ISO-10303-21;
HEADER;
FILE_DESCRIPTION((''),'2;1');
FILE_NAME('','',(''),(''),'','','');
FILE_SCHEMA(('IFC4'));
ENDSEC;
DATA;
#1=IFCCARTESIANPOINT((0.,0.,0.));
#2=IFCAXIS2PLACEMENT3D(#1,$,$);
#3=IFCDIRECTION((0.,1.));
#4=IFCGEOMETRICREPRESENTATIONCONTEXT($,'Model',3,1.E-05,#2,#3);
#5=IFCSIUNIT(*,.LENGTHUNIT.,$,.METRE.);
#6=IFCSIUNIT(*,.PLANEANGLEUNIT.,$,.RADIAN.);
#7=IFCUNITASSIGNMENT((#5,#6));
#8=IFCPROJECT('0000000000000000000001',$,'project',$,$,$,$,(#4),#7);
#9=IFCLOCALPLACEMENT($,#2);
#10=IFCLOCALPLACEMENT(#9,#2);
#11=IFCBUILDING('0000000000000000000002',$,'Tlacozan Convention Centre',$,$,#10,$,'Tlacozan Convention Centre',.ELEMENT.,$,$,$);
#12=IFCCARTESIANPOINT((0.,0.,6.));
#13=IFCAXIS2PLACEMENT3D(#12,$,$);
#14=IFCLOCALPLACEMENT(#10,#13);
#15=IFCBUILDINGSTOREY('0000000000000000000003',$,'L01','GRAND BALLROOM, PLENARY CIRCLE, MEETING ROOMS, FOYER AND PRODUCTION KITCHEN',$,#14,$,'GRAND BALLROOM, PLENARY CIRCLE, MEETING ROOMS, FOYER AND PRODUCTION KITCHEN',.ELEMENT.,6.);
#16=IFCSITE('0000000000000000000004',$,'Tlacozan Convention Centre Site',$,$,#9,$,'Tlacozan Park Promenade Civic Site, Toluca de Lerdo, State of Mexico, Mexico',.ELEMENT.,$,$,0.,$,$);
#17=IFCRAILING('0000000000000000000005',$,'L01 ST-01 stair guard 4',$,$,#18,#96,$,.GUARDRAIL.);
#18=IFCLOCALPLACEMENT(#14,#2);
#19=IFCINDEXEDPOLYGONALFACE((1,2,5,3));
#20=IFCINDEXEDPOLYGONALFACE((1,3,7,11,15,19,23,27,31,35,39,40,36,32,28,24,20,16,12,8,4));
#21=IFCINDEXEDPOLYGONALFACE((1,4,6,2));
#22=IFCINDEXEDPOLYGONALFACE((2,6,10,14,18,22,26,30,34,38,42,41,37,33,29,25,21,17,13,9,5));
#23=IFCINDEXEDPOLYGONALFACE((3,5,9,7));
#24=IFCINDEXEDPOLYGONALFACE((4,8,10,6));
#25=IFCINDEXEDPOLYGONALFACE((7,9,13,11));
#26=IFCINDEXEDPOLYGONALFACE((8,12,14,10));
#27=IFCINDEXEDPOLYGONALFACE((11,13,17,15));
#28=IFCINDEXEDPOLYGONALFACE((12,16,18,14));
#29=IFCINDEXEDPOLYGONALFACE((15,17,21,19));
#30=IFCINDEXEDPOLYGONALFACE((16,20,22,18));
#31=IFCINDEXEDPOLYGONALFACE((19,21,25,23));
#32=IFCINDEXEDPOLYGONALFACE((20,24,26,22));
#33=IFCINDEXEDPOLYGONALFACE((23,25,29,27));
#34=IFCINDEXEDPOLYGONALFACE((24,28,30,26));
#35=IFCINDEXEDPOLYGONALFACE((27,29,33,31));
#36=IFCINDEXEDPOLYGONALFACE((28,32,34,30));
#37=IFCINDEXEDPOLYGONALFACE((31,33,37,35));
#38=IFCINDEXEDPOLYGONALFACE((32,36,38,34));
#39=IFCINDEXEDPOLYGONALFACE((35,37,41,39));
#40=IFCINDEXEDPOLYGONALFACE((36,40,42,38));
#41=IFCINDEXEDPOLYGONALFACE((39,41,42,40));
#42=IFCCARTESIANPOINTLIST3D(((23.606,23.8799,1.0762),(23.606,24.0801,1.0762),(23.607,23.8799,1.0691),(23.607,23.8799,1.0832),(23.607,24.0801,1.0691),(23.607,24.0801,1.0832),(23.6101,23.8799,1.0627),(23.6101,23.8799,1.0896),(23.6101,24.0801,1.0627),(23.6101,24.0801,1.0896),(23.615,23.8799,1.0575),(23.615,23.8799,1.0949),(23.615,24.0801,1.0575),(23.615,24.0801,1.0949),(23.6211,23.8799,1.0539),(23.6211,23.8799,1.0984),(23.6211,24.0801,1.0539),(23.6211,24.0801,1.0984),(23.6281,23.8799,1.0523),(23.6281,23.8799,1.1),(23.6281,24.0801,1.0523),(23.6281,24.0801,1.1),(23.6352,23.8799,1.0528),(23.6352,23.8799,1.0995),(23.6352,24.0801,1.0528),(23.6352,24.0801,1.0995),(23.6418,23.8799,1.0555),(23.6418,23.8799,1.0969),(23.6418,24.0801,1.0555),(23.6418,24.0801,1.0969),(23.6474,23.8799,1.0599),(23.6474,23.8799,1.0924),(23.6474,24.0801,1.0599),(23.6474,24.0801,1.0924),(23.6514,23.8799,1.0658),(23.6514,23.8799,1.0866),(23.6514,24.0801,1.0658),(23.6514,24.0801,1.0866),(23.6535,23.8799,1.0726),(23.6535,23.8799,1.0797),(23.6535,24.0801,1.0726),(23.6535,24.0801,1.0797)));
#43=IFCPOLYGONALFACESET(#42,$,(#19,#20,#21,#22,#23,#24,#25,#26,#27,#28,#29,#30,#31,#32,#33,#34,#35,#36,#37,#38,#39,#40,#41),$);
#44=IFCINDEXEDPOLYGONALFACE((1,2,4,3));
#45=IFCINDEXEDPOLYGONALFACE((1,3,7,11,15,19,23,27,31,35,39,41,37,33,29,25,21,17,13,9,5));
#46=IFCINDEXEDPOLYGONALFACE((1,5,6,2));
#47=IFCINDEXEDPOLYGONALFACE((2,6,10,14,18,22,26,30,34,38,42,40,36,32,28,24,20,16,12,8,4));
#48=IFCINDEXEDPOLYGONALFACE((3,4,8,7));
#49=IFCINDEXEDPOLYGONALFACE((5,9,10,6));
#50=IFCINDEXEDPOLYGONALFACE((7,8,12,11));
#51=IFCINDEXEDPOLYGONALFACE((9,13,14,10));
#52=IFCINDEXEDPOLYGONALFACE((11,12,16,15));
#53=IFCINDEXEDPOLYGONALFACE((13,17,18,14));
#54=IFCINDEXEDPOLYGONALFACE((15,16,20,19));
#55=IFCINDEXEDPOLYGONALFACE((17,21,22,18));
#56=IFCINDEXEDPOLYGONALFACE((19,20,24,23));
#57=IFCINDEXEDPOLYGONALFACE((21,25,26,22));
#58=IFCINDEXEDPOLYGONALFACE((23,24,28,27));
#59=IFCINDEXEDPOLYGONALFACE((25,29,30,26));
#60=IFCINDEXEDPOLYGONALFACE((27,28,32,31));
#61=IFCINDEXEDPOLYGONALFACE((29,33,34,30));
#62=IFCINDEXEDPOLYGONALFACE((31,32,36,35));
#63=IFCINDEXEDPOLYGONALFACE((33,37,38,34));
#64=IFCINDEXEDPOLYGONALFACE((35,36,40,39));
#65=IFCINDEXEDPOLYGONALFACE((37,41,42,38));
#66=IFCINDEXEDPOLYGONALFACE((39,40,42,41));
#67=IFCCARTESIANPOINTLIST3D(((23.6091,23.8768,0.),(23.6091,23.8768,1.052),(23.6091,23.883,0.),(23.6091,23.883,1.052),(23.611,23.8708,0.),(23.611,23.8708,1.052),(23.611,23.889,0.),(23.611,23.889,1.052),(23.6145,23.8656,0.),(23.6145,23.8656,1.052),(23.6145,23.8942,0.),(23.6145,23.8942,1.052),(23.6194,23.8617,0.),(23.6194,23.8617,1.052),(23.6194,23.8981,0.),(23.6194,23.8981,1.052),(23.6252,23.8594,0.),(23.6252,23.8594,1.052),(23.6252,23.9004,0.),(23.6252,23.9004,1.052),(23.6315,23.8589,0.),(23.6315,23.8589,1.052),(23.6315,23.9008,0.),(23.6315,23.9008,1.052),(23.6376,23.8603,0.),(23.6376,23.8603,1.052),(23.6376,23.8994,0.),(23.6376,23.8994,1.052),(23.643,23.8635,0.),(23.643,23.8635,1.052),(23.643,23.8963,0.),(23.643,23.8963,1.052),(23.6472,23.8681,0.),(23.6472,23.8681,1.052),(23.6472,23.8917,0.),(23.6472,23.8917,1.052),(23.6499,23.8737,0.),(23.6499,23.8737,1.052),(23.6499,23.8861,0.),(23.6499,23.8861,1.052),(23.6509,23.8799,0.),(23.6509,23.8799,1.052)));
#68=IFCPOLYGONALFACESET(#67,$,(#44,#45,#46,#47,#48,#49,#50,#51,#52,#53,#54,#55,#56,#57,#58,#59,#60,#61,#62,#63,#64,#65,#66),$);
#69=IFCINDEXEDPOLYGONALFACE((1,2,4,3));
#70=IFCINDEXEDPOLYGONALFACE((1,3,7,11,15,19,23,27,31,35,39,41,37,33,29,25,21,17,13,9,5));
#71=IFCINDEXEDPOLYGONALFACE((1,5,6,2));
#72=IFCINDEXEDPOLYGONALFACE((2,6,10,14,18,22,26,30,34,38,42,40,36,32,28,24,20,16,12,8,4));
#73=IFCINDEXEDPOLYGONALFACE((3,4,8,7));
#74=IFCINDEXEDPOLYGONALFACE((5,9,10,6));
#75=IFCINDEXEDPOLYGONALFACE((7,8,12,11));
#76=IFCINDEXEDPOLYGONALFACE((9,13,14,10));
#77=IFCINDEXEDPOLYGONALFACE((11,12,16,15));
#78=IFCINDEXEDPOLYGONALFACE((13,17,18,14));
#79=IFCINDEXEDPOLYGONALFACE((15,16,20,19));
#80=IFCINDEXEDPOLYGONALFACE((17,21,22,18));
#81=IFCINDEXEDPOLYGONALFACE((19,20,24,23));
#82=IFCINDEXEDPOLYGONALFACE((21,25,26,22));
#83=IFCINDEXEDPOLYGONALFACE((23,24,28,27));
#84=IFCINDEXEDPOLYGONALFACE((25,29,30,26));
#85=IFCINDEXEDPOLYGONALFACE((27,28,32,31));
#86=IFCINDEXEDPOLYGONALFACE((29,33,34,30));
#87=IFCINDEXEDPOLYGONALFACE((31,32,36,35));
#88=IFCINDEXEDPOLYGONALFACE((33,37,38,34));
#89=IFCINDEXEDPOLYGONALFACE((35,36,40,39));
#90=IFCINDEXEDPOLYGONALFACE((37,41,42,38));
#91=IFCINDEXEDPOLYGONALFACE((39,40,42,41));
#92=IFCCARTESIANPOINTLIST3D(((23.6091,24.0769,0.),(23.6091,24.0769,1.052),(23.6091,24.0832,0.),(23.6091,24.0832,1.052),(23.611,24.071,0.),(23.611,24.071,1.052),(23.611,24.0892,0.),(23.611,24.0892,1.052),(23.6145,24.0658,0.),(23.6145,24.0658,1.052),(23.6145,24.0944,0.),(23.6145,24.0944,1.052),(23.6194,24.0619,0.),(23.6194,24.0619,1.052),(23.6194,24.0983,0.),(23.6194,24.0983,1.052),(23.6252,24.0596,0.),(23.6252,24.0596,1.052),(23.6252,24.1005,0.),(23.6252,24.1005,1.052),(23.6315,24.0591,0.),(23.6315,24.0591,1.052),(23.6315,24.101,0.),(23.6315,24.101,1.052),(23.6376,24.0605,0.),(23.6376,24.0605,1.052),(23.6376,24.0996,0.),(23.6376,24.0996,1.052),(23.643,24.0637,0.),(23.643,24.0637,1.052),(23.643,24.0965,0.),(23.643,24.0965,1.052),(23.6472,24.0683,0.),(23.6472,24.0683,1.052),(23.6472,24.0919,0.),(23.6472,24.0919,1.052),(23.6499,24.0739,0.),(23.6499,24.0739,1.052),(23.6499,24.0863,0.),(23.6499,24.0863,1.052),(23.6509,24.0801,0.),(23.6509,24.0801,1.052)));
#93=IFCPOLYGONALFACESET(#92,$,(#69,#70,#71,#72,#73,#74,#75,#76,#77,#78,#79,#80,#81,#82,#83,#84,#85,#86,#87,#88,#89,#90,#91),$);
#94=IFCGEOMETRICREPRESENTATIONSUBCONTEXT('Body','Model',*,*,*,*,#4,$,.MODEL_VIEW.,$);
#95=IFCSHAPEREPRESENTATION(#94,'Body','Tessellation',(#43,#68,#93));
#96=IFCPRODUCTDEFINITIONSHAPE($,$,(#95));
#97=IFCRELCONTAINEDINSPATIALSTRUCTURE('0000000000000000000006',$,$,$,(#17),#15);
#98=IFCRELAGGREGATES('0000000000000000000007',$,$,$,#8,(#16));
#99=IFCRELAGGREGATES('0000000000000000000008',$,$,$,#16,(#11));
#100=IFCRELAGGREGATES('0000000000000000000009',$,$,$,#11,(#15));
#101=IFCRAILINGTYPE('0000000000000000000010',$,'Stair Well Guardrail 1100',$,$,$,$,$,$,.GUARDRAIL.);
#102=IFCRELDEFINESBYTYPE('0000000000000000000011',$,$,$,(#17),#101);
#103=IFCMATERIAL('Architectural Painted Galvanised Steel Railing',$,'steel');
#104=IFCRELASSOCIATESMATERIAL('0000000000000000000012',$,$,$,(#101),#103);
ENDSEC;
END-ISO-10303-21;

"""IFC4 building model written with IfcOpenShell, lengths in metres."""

from ifc_helpers import new_model, si_unit, direction, frame, origin, origin_2d, place, context, subcontext, project, spatial, circle, extrude, material, type_object, element, save


model = new_model("IFC4")

# Units and contexts
model_context = context("Model", 3, precision=1e-05, world=origin(), true_north=direction((0.0, 1.0)))
body_context = subcontext(model_context, "Body", "Model", "MODEL_VIEW")
ifc_project = project(units=[si_unit("LENGTHUNIT", "METRE"), si_unit("PLANEANGLEUNIT", "RADIAN")], contexts=[model_context])

# Site, building, storey
site_placement = place(None, origin())
site = spatial("IfcSite", under=ifc_project, at=site_placement, Name="Tlacozan Convention Centre Site", LongName="Tlacozan Park Promenade Civic Site, Toluca de Lerdo, State of Mexico, Mexico", CompositionType="ELEMENT", RefElevation=0.0)
building_placement = place(site_placement, origin())
building = spatial("IfcBuilding", under=site, at=building_placement, Name="Tlacozan Convention Centre", LongName="Tlacozan Convention Centre", CompositionType="ELEMENT")
storey_placement = place(building_placement, frame((0.0, 0.0, 6.0)))
storey = spatial("IfcBuildingStorey", under=building, at=storey_placement, Name="L01", Description="GRAND BALLROOM, PLENARY CIRCLE, MEETING ROOMS, FOYER AND PRODUCTION KITCHEN", LongName="GRAND BALLROOM, PLENARY CIRCLE, MEETING ROOMS, FOYER AND PRODUCTION KITCHEN", CompositionType="ELEMENT", Elevation=6.0)

# Railing
ifc_material_1 = material(Name="Architectural Painted Galvanised Steel Railing", Category="steel")
railing_type_1 = type_object("IfcRailingType", Name="Stair Well Guardrail 1100", PredefinedType="GUARDRAIL", material=ifc_material_1)
railing_1_placement = place(storey_placement, frame((23.6299, 23.8799, 0.0)))
element("IfcRailing", 1, at=railing_1_placement, inside=storey, type_object=railing_type_1, Name="L01 ST-01 stair guard 4", PredefinedType="GUARDRAIL", context=body_context, shape_type="SweptSolid", body=[
    extrude(circle(Radius=0.0239, at=origin_2d()), frame((0.0, 0.0, 1.0762), z_axis=(0.0, 1.0, 0.0), x_axis=(-1.0, 0.0, 0.0)), (0.0, 0.0, 1.0), 0.2002),
    extrude(circle(Radius=0.021, at=origin_2d()), origin(), (0.0, 0.0, 1.0), 1.052),
    extrude(circle(Radius=0.021, at=origin_2d()), frame((0.0, 0.2002, 0.0)), (0.0, 0.0, 1.0), 1.052),
])

save(model, "model.ifc")
